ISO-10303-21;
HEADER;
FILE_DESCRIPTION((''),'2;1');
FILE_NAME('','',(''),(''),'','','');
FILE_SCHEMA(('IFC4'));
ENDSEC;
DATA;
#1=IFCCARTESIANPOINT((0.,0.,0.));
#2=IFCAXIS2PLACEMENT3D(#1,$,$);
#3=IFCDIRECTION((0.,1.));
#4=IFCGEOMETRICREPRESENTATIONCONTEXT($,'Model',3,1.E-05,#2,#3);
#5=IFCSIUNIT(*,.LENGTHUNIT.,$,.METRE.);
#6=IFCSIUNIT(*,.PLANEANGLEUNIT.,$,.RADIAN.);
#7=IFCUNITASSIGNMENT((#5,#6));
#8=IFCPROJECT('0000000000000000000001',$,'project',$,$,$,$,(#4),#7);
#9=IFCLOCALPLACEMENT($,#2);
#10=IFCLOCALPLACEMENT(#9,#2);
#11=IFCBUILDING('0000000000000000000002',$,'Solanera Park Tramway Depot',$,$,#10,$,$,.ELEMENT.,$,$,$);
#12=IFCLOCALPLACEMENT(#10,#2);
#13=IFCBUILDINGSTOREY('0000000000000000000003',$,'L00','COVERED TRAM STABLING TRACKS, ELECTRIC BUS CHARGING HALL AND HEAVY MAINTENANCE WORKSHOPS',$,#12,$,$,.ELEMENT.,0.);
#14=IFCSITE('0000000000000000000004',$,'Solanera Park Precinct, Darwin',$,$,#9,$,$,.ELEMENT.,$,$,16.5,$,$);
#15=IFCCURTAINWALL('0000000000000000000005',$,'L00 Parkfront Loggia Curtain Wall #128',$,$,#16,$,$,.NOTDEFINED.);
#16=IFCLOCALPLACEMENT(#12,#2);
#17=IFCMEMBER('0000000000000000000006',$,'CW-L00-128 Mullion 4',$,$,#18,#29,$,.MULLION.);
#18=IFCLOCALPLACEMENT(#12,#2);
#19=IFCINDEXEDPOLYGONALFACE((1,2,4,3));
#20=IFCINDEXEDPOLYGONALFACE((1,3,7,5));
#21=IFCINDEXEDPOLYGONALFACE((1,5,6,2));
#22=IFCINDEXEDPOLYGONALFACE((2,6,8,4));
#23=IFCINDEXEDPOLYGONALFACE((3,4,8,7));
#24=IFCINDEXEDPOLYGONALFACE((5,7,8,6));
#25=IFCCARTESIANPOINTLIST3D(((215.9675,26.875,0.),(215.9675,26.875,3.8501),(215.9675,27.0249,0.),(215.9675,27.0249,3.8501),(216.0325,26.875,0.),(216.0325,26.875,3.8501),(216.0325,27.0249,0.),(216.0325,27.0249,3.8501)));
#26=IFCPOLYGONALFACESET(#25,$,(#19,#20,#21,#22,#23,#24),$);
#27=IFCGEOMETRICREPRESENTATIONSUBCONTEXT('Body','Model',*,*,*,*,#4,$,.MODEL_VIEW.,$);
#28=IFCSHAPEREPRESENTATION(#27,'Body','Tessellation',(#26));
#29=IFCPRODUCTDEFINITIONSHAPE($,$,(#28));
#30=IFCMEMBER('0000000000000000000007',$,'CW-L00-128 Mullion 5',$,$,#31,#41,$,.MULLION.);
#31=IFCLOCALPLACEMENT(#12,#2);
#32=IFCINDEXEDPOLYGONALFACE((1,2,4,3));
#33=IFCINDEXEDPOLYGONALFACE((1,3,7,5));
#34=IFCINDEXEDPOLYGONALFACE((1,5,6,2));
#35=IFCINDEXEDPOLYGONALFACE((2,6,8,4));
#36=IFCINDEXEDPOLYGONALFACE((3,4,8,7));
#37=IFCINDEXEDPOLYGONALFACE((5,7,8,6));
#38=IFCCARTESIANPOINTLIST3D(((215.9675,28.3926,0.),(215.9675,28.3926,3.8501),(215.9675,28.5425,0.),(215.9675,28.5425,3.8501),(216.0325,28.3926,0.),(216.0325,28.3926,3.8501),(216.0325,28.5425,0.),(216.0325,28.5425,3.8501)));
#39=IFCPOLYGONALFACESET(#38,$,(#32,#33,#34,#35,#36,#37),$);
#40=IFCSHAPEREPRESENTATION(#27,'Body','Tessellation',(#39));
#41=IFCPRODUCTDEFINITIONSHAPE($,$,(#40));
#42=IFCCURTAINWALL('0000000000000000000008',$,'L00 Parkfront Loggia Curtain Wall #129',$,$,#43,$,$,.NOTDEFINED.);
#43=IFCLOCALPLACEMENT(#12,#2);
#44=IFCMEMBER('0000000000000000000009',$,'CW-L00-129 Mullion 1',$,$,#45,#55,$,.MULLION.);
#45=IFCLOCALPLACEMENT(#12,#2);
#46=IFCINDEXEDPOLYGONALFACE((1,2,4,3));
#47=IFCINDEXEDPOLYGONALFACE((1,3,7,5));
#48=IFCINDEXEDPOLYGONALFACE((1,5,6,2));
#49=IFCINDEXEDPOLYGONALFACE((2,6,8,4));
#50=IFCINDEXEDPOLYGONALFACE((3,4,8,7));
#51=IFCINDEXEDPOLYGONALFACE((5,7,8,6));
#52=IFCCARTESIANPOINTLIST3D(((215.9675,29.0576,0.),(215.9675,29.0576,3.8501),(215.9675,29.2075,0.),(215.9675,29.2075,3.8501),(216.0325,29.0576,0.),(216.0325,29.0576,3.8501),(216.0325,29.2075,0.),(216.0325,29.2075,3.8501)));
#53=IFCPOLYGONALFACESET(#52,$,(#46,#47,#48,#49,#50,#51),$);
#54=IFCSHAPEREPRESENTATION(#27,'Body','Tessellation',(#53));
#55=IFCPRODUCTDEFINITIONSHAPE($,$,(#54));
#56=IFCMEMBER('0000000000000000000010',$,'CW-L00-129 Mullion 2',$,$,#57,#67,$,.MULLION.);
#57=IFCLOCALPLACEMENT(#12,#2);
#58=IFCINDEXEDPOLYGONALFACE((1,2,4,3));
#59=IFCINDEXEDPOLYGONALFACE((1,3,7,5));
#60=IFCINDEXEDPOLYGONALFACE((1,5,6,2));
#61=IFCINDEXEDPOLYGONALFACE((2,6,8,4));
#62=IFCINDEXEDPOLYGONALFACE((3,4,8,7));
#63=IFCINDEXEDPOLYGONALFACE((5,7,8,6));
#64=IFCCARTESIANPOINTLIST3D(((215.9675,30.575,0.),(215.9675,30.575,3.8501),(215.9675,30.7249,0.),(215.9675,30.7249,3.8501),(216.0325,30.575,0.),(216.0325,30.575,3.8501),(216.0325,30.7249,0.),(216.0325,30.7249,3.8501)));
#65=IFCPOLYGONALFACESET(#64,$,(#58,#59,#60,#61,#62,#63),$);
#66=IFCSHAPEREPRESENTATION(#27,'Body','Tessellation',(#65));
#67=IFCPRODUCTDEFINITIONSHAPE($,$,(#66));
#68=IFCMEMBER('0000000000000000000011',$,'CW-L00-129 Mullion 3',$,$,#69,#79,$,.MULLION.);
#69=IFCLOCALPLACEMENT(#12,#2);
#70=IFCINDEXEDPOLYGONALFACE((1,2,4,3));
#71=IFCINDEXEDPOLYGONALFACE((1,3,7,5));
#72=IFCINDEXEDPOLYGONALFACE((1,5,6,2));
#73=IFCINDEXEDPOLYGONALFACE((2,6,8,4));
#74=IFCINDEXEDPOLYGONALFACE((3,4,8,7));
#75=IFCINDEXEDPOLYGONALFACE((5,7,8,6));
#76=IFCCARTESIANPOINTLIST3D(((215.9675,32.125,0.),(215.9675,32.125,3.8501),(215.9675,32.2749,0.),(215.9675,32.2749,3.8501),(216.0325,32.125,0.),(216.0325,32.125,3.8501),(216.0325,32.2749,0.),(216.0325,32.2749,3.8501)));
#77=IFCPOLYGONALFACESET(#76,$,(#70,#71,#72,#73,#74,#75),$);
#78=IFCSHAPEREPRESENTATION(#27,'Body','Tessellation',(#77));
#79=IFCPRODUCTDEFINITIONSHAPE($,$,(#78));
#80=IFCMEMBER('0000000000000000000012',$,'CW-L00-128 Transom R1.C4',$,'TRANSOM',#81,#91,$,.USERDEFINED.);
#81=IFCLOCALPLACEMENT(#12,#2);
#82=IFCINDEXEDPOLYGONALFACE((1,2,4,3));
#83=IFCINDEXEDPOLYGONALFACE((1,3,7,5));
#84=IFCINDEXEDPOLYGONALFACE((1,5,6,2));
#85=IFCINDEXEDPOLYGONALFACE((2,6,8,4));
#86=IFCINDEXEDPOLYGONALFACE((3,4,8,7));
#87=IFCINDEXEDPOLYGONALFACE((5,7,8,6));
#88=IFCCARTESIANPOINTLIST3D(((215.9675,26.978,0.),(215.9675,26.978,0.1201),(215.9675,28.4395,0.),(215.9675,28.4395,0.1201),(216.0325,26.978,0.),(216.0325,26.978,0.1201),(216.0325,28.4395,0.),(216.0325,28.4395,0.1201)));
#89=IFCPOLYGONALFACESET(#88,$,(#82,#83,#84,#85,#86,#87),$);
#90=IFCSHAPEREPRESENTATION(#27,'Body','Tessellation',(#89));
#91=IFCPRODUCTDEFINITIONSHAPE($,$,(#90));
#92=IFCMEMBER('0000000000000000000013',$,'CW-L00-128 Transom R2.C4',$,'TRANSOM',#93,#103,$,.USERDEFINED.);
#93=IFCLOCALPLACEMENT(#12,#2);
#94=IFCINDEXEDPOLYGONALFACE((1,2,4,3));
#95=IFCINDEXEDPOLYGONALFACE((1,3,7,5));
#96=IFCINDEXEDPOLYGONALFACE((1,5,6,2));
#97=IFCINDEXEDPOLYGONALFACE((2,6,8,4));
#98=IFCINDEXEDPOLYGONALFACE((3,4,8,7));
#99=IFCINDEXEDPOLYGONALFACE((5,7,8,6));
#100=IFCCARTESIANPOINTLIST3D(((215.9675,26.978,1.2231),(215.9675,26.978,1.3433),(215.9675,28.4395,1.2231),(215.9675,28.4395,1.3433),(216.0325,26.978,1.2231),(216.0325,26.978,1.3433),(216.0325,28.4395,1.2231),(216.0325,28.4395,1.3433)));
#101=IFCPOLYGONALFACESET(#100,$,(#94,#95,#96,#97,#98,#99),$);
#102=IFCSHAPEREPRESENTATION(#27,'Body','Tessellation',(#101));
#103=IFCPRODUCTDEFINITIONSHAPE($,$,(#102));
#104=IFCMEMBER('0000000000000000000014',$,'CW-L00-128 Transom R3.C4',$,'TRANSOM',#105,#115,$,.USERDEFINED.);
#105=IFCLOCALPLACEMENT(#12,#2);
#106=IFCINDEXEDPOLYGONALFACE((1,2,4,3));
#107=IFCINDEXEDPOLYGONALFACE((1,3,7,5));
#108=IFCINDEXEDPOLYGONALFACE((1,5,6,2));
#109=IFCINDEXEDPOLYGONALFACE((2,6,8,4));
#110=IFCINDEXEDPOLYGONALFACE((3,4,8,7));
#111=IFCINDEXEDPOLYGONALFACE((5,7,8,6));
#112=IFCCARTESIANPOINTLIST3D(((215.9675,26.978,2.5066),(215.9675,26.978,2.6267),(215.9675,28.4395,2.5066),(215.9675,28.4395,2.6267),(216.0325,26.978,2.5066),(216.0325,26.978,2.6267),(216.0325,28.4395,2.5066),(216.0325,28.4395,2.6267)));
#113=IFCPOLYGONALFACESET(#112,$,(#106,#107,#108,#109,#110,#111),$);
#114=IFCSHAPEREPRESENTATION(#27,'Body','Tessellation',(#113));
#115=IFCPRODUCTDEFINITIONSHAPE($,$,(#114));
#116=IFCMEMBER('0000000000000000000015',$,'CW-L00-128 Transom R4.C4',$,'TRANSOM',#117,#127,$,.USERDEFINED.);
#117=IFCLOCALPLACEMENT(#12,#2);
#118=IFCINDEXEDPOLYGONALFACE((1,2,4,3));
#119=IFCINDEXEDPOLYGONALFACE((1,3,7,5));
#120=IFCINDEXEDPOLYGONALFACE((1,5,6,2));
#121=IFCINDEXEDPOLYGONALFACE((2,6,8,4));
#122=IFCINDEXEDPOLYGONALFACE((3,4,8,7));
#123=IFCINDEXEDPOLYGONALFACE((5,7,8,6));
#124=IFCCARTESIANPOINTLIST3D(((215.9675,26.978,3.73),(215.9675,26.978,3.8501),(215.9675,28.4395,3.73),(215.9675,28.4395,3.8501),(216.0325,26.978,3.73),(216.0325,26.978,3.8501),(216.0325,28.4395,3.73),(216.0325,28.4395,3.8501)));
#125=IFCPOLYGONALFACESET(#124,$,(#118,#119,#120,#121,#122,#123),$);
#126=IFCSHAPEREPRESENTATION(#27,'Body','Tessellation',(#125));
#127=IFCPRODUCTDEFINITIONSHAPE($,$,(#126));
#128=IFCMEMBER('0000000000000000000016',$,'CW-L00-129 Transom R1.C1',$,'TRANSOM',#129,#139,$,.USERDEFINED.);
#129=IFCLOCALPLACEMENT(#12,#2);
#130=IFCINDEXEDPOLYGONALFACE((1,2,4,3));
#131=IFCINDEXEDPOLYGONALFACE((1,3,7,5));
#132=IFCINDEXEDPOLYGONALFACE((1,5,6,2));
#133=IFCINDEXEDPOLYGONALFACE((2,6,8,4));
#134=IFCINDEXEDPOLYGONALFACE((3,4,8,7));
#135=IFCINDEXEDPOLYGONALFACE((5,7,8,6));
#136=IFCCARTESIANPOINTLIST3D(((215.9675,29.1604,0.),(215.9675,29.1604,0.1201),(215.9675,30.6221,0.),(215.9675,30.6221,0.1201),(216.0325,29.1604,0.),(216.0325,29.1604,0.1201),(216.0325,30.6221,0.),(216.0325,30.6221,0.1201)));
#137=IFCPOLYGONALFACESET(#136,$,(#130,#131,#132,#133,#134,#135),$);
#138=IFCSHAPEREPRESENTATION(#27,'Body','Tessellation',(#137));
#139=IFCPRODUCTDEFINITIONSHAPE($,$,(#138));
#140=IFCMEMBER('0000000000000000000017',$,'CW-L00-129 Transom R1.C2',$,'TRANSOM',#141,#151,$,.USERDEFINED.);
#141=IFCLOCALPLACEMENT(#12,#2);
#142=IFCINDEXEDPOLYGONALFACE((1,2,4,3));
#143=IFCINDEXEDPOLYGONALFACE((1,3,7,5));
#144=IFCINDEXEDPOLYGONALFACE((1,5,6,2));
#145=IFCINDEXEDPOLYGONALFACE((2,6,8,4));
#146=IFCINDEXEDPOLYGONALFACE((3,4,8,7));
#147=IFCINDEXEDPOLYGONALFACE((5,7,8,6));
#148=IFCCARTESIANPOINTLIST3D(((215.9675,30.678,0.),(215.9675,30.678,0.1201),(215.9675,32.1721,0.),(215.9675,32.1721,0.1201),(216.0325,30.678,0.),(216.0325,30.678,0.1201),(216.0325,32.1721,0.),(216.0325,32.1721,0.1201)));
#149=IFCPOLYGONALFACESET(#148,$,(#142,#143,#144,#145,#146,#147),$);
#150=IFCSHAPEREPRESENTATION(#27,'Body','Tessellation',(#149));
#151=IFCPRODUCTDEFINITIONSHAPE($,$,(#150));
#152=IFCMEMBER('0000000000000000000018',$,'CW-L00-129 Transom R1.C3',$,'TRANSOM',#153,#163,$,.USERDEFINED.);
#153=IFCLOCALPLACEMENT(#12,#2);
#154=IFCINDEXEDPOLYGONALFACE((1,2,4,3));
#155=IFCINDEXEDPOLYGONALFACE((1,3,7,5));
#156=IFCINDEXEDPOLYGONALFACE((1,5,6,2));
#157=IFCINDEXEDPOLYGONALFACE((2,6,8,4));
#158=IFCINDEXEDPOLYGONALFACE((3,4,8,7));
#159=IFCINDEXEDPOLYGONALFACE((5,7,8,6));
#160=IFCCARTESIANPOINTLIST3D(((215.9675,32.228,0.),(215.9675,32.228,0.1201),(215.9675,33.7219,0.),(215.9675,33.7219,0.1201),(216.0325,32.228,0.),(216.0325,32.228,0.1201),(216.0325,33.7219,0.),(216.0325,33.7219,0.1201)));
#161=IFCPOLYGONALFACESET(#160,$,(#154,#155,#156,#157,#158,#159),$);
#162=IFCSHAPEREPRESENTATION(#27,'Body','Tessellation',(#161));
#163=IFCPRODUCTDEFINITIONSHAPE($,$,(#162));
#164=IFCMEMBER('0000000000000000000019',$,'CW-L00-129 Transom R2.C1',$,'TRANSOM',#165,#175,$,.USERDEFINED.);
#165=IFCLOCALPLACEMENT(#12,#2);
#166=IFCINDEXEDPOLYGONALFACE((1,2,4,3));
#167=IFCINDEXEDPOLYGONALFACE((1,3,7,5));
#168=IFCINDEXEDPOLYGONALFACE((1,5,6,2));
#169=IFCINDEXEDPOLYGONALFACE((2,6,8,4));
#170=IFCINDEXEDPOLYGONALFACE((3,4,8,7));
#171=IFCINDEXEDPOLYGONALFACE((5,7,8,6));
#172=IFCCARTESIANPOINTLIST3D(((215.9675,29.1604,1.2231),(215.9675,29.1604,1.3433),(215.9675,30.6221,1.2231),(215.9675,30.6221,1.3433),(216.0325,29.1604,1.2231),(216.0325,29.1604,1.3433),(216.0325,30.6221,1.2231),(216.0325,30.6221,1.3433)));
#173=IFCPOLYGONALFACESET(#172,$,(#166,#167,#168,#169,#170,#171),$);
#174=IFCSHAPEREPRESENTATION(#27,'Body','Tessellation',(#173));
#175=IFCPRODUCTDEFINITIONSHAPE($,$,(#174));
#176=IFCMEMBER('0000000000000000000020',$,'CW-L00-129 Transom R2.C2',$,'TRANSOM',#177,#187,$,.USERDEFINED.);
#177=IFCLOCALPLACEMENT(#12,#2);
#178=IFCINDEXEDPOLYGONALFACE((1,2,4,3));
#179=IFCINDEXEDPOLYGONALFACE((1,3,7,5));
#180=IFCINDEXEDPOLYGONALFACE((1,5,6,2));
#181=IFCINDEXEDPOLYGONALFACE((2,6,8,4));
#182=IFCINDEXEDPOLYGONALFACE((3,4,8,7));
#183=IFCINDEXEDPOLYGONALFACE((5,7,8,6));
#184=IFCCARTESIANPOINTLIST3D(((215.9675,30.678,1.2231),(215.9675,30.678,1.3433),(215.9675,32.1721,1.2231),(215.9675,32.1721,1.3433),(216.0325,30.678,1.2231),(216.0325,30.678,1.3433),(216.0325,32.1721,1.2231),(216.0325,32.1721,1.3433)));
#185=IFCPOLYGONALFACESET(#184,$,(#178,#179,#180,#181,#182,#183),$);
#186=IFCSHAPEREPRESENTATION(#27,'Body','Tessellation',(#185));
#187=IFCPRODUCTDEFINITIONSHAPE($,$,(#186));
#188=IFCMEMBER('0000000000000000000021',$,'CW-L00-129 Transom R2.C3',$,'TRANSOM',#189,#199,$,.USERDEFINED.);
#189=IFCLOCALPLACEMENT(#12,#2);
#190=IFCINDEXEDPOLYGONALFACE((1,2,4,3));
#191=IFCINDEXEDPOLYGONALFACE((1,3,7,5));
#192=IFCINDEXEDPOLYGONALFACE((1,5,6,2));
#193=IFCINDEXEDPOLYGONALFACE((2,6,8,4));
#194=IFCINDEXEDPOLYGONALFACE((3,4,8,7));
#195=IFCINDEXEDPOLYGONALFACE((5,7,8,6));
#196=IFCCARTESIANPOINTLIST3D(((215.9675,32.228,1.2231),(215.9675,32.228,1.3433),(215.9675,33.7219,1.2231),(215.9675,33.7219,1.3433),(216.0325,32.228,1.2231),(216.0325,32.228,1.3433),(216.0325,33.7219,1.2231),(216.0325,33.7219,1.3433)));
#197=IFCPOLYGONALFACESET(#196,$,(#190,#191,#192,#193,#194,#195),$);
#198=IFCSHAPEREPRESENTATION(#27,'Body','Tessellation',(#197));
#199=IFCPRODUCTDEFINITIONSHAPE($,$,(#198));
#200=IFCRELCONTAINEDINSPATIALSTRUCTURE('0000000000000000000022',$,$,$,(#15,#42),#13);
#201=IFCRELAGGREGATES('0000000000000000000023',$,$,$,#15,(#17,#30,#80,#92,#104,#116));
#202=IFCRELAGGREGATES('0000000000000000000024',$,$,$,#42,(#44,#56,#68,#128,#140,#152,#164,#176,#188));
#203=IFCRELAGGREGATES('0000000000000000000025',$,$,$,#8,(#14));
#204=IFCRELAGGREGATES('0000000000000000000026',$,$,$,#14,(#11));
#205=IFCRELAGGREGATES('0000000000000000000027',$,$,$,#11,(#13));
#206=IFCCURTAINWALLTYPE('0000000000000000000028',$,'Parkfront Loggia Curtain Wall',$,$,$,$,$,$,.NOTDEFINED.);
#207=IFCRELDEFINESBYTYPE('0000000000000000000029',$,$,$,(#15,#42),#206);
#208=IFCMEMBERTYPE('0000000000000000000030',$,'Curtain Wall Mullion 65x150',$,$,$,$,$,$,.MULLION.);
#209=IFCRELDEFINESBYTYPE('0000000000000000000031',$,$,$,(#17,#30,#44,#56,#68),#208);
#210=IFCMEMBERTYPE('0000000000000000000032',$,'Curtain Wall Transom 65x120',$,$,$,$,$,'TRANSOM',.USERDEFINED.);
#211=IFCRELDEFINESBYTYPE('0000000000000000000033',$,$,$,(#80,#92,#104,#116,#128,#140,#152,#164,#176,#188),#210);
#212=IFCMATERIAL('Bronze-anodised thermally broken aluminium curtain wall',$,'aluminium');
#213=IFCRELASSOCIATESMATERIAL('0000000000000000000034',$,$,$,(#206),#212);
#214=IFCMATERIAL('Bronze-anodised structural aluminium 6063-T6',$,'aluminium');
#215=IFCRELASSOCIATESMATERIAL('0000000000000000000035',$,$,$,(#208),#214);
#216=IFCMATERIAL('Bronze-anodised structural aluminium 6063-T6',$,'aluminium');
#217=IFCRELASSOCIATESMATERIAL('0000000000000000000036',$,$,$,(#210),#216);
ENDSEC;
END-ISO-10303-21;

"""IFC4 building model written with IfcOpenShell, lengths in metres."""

from ifc_helpers import new_model, si_unit, direction, frame, origin, origin_2d, place, context, subcontext, project, spatial, rectangle, extrude, material, material_profile, profile_set, type_object, element, aggregate, save


model = new_model("IFC4")

# Units and contexts
model_context = context("Model", 3, precision=1e-05, world=origin(), true_north=direction((0.0, 1.0)))
body_context = subcontext(model_context, "Body", "Model", "MODEL_VIEW")
ifc_project = project(units=[si_unit("LENGTHUNIT", "METRE"), si_unit("PLANEANGLEUNIT", "RADIAN")], contexts=[model_context])

# Site, building, storey
site_placement = place(None, origin())
site = spatial("IfcSite", under=ifc_project, at=site_placement, Name="Solanera Park Precinct, Darwin", CompositionType="ELEMENT", RefElevation=16.5)
building_placement = place(site_placement, origin())
building = spatial("IfcBuilding", under=site, at=building_placement, Name="Solanera Park Tramway Depot", CompositionType="ELEMENT")
storey_placement = place(building_placement, origin())
storey = spatial("IfcBuildingStorey", under=building, at=storey_placement, Name="L00", Description="COVERED TRAM STABLING TRACKS, ELECTRIC BUS CHARGING HALL AND HEAVY MAINTENANCE WORKSHOPS", CompositionType="ELEMENT", Elevation=0.0)

# Curtain walls, members
ifc_material_1 = material(Name="Bronze-anodised thermally broken aluminium curtain wall", Category="aluminium")
curtain_wall_type = type_object("IfcCurtainWallType", Name="Parkfront Loggia Curtain Wall", PredefinedType="NOTDEFINED", material=ifc_material_1)
curtain_wall_1_placement = place(storey_placement, origin())
curtain_wall_1 = element("IfcCurtainWall", 1, at=curtain_wall_1_placement, inside=storey, type_object=curtain_wall_type, Name="L00 Parkfront Loggia Curtain Wall #128", PredefinedType="NOTDEFINED")
ifc_material_2 = material(Name="Bronze-anodised structural aluminium 6063-T6", Category="aluminium")
ifc_material_profile_1 = material_profile(ifc_material_2, rectangle(XDim=0.0649, YDim=0.1499, at=origin_2d()), Name="Curtain Wall Mullion 65x150")
ifc_profile_set_1 = profile_set([ifc_material_profile_1], Name="Bronze-anodised structural aluminium 6063-T6")
member_type_1 = type_object("IfcMemberType", Name="Curtain Wall Mullion 65x150", PredefinedType="MULLION", material=ifc_profile_set_1)
member_1_placement = place(storey_placement, frame((216.0, 26.95, 0.0), z_axis=(0.0, 0.0, 1.0), x_axis=(1.0, 0.0, 0.0)))
member_1 = element("IfcMember", 2, at=member_1_placement, type_object=member_type_1, Name="CW-L00-128 Mullion 4", PredefinedType="MULLION", context=body_context, shape_type="SweptSolid", body=[
    extrude(rectangle(XDim=0.0649, YDim=0.1499, at=origin_2d()), origin(), (0.0, 0.0, 1.0), 3.8501),
])
member_2_placement = place(storey_placement, frame((216.0, 28.4675, 0.0), z_axis=(0.0, 0.0, 1.0), x_axis=(1.0, 0.0, 0.0)))
member_2 = element("IfcMember", 3, at=member_2_placement, type_object=member_type_1, Name="CW-L00-128 Mullion 5", PredefinedType="MULLION", context=body_context, shape_type="SweptSolid", body=[
    extrude(rectangle(XDim=0.0649, YDim=0.1499, at=origin_2d()), origin(), (0.0, 0.0, 1.0), 3.8501),
])
curtain_wall_2_placement = place(storey_placement, origin())
curtain_wall_2 = element("IfcCurtainWall", 4, at=curtain_wall_2_placement, inside=storey, type_object=curtain_wall_type, Name="L00 Parkfront Loggia Curtain Wall #129", PredefinedType="NOTDEFINED")
member_3_placement = place(storey_placement, frame((216.0, 29.1326, 0.0), z_axis=(0.0, 0.0, 1.0), x_axis=(1.0, 0.0, 0.0)))
member_3 = element("IfcMember", 5, at=member_3_placement, type_object=member_type_1, Name="CW-L00-129 Mullion 1", PredefinedType="MULLION", context=body_context, shape_type="SweptSolid", body=[
    extrude(rectangle(XDim=0.0649, YDim=0.1499, at=origin_2d()), origin(), (0.0, 0.0, 1.0), 3.8501),
])
member_4_placement = place(storey_placement, frame((216.0, 30.6499, 0.0), z_axis=(0.0, 0.0, 1.0), x_axis=(1.0, 0.0, 0.0)))
member_4 = element("IfcMember", 6, at=member_4_placement, type_object=member_type_1, Name="CW-L00-129 Mullion 2", PredefinedType="MULLION", context=body_context, shape_type="SweptSolid", body=[
    extrude(rectangle(XDim=0.0649, YDim=0.1499, at=origin_2d()), origin(), (0.0, 0.0, 1.0), 3.8501),
])
member_5_placement = place(storey_placement, frame((216.0, 32.2, 0.0), z_axis=(0.0, 0.0, 1.0), x_axis=(1.0, 0.0, 0.0)))
member_5 = element("IfcMember", 7, at=member_5_placement, type_object=member_type_1, Name="CW-L00-129 Mullion 3", PredefinedType="MULLION", context=body_context, shape_type="SweptSolid", body=[
    extrude(rectangle(XDim=0.0649, YDim=0.1499, at=origin_2d()), origin(), (0.0, 0.0, 1.0), 3.8501),
])

# Members
ifc_material_3 = material(Name="Bronze-anodised structural aluminium 6063-T6", Category="aluminium")
ifc_material_profile_2 = material_profile(ifc_material_3, rectangle(XDim=0.0649, YDim=0.1201, at=origin_2d()), Name="Curtain Wall Transom 65x120")
ifc_profile_set_2 = profile_set([ifc_material_profile_2], Name="Bronze-anodised structural aluminium 6063-T6")
member_type_2 = type_object("IfcMemberType", Name="Curtain Wall Transom 65x120", ElementType="TRANSOM", PredefinedType="USERDEFINED", material=ifc_profile_set_2)
member_6_placement = place(storey_placement, frame((216.0, 26.978, 0.0601), z_axis=(0.0, 1.0, 0.0), x_axis=(-1.0, 0.0, 0.0)))
member_6 = element("IfcMember", 8, at=member_6_placement, type_object=member_type_2, Name="CW-L00-128 Transom R1.C4", ObjectType="TRANSOM", PredefinedType="USERDEFINED", context=body_context, shape_type="SweptSolid", body=[
    extrude(rectangle(XDim=0.0649, YDim=0.1201, at=origin_2d()), origin(), (0.0, 0.0, 1.0), 1.4614),
])
member_7_placement = place(storey_placement, frame((216.0, 26.978, 1.2832), z_axis=(0.0, 1.0, 0.0), x_axis=(-1.0, 0.0, 0.0)))
member_7 = element("IfcMember", 9, at=member_7_placement, type_object=member_type_2, Name="CW-L00-128 Transom R2.C4", ObjectType="TRANSOM", PredefinedType="USERDEFINED", context=body_context, shape_type="SweptSolid", body=[
    extrude(rectangle(XDim=0.0649, YDim=0.1201, at=origin_2d()), origin(), (0.0, 0.0, 1.0), 1.4614),
])
member_8_placement = place(storey_placement, frame((216.0, 26.978, 2.5667), z_axis=(0.0, 1.0, 0.0), x_axis=(-1.0, 0.0, 0.0)))
member_8 = element("IfcMember", 10, at=member_8_placement, type_object=member_type_2, Name="CW-L00-128 Transom R3.C4", ObjectType="TRANSOM", PredefinedType="USERDEFINED", context=body_context, shape_type="SweptSolid", body=[
    extrude(rectangle(XDim=0.0649, YDim=0.1201, at=origin_2d()), origin(), (0.0, 0.0, 1.0), 1.4614),
])
member_9_placement = place(storey_placement, frame((216.0, 26.978, 3.79), z_axis=(0.0, 1.0, 0.0), x_axis=(-1.0, 0.0, 0.0)))
member_9 = element("IfcMember", 11, at=member_9_placement, type_object=member_type_2, Name="CW-L00-128 Transom R4.C4", ObjectType="TRANSOM", PredefinedType="USERDEFINED", context=body_context, shape_type="SweptSolid", body=[
    extrude(rectangle(XDim=0.0649, YDim=0.1201, at=origin_2d()), origin(), (0.0, 0.0, 1.0), 1.4614),
])
member_10_placement = place(storey_placement, frame((216.0, 29.1604, 0.0601), z_axis=(0.0, 1.0, 0.0), x_axis=(-1.0, 0.0, 0.0)))
member_10 = element("IfcMember", 12, at=member_10_placement, type_object=member_type_2, Name="CW-L00-129 Transom R1.C1", ObjectType="TRANSOM", PredefinedType="USERDEFINED", context=body_context, shape_type="SweptSolid", body=[
    extrude(rectangle(XDim=0.0649, YDim=0.1201, at=origin_2d()), origin(), (0.0, 0.0, 1.0), 1.4617),
])
member_11_placement = place(storey_placement, frame((216.0, 30.678, 0.0601), z_axis=(0.0, 1.0, 0.0), x_axis=(-1.0, 0.0, 0.0)))
member_11 = element("IfcMember", 13, at=member_11_placement, type_object=member_type_2, Name="CW-L00-129 Transom R1.C2", ObjectType="TRANSOM", PredefinedType="USERDEFINED", context=body_context, shape_type="SweptSolid", body=[
    extrude(rectangle(XDim=0.0649, YDim=0.1201, at=origin_2d()), origin(), (0.0, 0.0, 1.0), 1.4941),
])
member_12_placement = place(storey_placement, frame((216.0, 32.228, 0.0601), z_axis=(0.0, 1.0, 0.0), x_axis=(-1.0, 0.0, 0.0)))
member_12 = element("IfcMember", 14, at=member_12_placement, type_object=member_type_2, Name="CW-L00-129 Transom R1.C3", ObjectType="TRANSOM", PredefinedType="USERDEFINED", context=body_context, shape_type="SweptSolid", body=[
    extrude(rectangle(XDim=0.0649, YDim=0.1201, at=origin_2d()), origin(), (0.0, 0.0, 1.0), 1.4939),
])
member_13_placement = place(storey_placement, frame((216.0, 29.1604, 1.2832), z_axis=(0.0, 1.0, 0.0), x_axis=(-1.0, 0.0, 0.0)))
member_13 = element("IfcMember", 15, at=member_13_placement, type_object=member_type_2, Name="CW-L00-129 Transom R2.C1", ObjectType="TRANSOM", PredefinedType="USERDEFINED", context=body_context, shape_type="SweptSolid", body=[
    extrude(rectangle(XDim=0.0649, YDim=0.1201, at=origin_2d()), origin(), (0.0, 0.0, 1.0), 1.4617),
])
member_14_placement = place(storey_placement, frame((216.0, 30.678, 1.2832), z_axis=(0.0, 1.0, 0.0), x_axis=(-1.0, 0.0, 0.0)))
member_14 = element("IfcMember", 16, at=member_14_placement, type_object=member_type_2, Name="CW-L00-129 Transom R2.C2", ObjectType="TRANSOM", PredefinedType="USERDEFINED", context=body_context, shape_type="SweptSolid", body=[
    extrude(rectangle(XDim=0.0649, YDim=0.1201, at=origin_2d()), origin(), (0.0, 0.0, 1.0), 1.4941),
])
member_15_placement = place(storey_placement, frame((216.0, 32.228, 1.2832), z_axis=(0.0, 1.0, 0.0), x_axis=(-1.0, 0.0, 0.0)))
member_15 = element("IfcMember", 17, at=member_15_placement, type_object=member_type_2, Name="CW-L00-129 Transom R2.C3", ObjectType="TRANSOM", PredefinedType="USERDEFINED", context=body_context, shape_type="SweptSolid", body=[
    extrude(rectangle(XDim=0.0649, YDim=0.1201, at=origin_2d()), origin(), (0.0, 0.0, 1.0), 1.4939),
])

aggregate(curtain_wall_1, [member_1, member_2, member_6, member_7, member_8, member_9])
aggregate(curtain_wall_2, [member_3, member_4, member_5, member_10, member_11, member_12, member_13, member_14, member_15])

save(model, "model.ifc")
